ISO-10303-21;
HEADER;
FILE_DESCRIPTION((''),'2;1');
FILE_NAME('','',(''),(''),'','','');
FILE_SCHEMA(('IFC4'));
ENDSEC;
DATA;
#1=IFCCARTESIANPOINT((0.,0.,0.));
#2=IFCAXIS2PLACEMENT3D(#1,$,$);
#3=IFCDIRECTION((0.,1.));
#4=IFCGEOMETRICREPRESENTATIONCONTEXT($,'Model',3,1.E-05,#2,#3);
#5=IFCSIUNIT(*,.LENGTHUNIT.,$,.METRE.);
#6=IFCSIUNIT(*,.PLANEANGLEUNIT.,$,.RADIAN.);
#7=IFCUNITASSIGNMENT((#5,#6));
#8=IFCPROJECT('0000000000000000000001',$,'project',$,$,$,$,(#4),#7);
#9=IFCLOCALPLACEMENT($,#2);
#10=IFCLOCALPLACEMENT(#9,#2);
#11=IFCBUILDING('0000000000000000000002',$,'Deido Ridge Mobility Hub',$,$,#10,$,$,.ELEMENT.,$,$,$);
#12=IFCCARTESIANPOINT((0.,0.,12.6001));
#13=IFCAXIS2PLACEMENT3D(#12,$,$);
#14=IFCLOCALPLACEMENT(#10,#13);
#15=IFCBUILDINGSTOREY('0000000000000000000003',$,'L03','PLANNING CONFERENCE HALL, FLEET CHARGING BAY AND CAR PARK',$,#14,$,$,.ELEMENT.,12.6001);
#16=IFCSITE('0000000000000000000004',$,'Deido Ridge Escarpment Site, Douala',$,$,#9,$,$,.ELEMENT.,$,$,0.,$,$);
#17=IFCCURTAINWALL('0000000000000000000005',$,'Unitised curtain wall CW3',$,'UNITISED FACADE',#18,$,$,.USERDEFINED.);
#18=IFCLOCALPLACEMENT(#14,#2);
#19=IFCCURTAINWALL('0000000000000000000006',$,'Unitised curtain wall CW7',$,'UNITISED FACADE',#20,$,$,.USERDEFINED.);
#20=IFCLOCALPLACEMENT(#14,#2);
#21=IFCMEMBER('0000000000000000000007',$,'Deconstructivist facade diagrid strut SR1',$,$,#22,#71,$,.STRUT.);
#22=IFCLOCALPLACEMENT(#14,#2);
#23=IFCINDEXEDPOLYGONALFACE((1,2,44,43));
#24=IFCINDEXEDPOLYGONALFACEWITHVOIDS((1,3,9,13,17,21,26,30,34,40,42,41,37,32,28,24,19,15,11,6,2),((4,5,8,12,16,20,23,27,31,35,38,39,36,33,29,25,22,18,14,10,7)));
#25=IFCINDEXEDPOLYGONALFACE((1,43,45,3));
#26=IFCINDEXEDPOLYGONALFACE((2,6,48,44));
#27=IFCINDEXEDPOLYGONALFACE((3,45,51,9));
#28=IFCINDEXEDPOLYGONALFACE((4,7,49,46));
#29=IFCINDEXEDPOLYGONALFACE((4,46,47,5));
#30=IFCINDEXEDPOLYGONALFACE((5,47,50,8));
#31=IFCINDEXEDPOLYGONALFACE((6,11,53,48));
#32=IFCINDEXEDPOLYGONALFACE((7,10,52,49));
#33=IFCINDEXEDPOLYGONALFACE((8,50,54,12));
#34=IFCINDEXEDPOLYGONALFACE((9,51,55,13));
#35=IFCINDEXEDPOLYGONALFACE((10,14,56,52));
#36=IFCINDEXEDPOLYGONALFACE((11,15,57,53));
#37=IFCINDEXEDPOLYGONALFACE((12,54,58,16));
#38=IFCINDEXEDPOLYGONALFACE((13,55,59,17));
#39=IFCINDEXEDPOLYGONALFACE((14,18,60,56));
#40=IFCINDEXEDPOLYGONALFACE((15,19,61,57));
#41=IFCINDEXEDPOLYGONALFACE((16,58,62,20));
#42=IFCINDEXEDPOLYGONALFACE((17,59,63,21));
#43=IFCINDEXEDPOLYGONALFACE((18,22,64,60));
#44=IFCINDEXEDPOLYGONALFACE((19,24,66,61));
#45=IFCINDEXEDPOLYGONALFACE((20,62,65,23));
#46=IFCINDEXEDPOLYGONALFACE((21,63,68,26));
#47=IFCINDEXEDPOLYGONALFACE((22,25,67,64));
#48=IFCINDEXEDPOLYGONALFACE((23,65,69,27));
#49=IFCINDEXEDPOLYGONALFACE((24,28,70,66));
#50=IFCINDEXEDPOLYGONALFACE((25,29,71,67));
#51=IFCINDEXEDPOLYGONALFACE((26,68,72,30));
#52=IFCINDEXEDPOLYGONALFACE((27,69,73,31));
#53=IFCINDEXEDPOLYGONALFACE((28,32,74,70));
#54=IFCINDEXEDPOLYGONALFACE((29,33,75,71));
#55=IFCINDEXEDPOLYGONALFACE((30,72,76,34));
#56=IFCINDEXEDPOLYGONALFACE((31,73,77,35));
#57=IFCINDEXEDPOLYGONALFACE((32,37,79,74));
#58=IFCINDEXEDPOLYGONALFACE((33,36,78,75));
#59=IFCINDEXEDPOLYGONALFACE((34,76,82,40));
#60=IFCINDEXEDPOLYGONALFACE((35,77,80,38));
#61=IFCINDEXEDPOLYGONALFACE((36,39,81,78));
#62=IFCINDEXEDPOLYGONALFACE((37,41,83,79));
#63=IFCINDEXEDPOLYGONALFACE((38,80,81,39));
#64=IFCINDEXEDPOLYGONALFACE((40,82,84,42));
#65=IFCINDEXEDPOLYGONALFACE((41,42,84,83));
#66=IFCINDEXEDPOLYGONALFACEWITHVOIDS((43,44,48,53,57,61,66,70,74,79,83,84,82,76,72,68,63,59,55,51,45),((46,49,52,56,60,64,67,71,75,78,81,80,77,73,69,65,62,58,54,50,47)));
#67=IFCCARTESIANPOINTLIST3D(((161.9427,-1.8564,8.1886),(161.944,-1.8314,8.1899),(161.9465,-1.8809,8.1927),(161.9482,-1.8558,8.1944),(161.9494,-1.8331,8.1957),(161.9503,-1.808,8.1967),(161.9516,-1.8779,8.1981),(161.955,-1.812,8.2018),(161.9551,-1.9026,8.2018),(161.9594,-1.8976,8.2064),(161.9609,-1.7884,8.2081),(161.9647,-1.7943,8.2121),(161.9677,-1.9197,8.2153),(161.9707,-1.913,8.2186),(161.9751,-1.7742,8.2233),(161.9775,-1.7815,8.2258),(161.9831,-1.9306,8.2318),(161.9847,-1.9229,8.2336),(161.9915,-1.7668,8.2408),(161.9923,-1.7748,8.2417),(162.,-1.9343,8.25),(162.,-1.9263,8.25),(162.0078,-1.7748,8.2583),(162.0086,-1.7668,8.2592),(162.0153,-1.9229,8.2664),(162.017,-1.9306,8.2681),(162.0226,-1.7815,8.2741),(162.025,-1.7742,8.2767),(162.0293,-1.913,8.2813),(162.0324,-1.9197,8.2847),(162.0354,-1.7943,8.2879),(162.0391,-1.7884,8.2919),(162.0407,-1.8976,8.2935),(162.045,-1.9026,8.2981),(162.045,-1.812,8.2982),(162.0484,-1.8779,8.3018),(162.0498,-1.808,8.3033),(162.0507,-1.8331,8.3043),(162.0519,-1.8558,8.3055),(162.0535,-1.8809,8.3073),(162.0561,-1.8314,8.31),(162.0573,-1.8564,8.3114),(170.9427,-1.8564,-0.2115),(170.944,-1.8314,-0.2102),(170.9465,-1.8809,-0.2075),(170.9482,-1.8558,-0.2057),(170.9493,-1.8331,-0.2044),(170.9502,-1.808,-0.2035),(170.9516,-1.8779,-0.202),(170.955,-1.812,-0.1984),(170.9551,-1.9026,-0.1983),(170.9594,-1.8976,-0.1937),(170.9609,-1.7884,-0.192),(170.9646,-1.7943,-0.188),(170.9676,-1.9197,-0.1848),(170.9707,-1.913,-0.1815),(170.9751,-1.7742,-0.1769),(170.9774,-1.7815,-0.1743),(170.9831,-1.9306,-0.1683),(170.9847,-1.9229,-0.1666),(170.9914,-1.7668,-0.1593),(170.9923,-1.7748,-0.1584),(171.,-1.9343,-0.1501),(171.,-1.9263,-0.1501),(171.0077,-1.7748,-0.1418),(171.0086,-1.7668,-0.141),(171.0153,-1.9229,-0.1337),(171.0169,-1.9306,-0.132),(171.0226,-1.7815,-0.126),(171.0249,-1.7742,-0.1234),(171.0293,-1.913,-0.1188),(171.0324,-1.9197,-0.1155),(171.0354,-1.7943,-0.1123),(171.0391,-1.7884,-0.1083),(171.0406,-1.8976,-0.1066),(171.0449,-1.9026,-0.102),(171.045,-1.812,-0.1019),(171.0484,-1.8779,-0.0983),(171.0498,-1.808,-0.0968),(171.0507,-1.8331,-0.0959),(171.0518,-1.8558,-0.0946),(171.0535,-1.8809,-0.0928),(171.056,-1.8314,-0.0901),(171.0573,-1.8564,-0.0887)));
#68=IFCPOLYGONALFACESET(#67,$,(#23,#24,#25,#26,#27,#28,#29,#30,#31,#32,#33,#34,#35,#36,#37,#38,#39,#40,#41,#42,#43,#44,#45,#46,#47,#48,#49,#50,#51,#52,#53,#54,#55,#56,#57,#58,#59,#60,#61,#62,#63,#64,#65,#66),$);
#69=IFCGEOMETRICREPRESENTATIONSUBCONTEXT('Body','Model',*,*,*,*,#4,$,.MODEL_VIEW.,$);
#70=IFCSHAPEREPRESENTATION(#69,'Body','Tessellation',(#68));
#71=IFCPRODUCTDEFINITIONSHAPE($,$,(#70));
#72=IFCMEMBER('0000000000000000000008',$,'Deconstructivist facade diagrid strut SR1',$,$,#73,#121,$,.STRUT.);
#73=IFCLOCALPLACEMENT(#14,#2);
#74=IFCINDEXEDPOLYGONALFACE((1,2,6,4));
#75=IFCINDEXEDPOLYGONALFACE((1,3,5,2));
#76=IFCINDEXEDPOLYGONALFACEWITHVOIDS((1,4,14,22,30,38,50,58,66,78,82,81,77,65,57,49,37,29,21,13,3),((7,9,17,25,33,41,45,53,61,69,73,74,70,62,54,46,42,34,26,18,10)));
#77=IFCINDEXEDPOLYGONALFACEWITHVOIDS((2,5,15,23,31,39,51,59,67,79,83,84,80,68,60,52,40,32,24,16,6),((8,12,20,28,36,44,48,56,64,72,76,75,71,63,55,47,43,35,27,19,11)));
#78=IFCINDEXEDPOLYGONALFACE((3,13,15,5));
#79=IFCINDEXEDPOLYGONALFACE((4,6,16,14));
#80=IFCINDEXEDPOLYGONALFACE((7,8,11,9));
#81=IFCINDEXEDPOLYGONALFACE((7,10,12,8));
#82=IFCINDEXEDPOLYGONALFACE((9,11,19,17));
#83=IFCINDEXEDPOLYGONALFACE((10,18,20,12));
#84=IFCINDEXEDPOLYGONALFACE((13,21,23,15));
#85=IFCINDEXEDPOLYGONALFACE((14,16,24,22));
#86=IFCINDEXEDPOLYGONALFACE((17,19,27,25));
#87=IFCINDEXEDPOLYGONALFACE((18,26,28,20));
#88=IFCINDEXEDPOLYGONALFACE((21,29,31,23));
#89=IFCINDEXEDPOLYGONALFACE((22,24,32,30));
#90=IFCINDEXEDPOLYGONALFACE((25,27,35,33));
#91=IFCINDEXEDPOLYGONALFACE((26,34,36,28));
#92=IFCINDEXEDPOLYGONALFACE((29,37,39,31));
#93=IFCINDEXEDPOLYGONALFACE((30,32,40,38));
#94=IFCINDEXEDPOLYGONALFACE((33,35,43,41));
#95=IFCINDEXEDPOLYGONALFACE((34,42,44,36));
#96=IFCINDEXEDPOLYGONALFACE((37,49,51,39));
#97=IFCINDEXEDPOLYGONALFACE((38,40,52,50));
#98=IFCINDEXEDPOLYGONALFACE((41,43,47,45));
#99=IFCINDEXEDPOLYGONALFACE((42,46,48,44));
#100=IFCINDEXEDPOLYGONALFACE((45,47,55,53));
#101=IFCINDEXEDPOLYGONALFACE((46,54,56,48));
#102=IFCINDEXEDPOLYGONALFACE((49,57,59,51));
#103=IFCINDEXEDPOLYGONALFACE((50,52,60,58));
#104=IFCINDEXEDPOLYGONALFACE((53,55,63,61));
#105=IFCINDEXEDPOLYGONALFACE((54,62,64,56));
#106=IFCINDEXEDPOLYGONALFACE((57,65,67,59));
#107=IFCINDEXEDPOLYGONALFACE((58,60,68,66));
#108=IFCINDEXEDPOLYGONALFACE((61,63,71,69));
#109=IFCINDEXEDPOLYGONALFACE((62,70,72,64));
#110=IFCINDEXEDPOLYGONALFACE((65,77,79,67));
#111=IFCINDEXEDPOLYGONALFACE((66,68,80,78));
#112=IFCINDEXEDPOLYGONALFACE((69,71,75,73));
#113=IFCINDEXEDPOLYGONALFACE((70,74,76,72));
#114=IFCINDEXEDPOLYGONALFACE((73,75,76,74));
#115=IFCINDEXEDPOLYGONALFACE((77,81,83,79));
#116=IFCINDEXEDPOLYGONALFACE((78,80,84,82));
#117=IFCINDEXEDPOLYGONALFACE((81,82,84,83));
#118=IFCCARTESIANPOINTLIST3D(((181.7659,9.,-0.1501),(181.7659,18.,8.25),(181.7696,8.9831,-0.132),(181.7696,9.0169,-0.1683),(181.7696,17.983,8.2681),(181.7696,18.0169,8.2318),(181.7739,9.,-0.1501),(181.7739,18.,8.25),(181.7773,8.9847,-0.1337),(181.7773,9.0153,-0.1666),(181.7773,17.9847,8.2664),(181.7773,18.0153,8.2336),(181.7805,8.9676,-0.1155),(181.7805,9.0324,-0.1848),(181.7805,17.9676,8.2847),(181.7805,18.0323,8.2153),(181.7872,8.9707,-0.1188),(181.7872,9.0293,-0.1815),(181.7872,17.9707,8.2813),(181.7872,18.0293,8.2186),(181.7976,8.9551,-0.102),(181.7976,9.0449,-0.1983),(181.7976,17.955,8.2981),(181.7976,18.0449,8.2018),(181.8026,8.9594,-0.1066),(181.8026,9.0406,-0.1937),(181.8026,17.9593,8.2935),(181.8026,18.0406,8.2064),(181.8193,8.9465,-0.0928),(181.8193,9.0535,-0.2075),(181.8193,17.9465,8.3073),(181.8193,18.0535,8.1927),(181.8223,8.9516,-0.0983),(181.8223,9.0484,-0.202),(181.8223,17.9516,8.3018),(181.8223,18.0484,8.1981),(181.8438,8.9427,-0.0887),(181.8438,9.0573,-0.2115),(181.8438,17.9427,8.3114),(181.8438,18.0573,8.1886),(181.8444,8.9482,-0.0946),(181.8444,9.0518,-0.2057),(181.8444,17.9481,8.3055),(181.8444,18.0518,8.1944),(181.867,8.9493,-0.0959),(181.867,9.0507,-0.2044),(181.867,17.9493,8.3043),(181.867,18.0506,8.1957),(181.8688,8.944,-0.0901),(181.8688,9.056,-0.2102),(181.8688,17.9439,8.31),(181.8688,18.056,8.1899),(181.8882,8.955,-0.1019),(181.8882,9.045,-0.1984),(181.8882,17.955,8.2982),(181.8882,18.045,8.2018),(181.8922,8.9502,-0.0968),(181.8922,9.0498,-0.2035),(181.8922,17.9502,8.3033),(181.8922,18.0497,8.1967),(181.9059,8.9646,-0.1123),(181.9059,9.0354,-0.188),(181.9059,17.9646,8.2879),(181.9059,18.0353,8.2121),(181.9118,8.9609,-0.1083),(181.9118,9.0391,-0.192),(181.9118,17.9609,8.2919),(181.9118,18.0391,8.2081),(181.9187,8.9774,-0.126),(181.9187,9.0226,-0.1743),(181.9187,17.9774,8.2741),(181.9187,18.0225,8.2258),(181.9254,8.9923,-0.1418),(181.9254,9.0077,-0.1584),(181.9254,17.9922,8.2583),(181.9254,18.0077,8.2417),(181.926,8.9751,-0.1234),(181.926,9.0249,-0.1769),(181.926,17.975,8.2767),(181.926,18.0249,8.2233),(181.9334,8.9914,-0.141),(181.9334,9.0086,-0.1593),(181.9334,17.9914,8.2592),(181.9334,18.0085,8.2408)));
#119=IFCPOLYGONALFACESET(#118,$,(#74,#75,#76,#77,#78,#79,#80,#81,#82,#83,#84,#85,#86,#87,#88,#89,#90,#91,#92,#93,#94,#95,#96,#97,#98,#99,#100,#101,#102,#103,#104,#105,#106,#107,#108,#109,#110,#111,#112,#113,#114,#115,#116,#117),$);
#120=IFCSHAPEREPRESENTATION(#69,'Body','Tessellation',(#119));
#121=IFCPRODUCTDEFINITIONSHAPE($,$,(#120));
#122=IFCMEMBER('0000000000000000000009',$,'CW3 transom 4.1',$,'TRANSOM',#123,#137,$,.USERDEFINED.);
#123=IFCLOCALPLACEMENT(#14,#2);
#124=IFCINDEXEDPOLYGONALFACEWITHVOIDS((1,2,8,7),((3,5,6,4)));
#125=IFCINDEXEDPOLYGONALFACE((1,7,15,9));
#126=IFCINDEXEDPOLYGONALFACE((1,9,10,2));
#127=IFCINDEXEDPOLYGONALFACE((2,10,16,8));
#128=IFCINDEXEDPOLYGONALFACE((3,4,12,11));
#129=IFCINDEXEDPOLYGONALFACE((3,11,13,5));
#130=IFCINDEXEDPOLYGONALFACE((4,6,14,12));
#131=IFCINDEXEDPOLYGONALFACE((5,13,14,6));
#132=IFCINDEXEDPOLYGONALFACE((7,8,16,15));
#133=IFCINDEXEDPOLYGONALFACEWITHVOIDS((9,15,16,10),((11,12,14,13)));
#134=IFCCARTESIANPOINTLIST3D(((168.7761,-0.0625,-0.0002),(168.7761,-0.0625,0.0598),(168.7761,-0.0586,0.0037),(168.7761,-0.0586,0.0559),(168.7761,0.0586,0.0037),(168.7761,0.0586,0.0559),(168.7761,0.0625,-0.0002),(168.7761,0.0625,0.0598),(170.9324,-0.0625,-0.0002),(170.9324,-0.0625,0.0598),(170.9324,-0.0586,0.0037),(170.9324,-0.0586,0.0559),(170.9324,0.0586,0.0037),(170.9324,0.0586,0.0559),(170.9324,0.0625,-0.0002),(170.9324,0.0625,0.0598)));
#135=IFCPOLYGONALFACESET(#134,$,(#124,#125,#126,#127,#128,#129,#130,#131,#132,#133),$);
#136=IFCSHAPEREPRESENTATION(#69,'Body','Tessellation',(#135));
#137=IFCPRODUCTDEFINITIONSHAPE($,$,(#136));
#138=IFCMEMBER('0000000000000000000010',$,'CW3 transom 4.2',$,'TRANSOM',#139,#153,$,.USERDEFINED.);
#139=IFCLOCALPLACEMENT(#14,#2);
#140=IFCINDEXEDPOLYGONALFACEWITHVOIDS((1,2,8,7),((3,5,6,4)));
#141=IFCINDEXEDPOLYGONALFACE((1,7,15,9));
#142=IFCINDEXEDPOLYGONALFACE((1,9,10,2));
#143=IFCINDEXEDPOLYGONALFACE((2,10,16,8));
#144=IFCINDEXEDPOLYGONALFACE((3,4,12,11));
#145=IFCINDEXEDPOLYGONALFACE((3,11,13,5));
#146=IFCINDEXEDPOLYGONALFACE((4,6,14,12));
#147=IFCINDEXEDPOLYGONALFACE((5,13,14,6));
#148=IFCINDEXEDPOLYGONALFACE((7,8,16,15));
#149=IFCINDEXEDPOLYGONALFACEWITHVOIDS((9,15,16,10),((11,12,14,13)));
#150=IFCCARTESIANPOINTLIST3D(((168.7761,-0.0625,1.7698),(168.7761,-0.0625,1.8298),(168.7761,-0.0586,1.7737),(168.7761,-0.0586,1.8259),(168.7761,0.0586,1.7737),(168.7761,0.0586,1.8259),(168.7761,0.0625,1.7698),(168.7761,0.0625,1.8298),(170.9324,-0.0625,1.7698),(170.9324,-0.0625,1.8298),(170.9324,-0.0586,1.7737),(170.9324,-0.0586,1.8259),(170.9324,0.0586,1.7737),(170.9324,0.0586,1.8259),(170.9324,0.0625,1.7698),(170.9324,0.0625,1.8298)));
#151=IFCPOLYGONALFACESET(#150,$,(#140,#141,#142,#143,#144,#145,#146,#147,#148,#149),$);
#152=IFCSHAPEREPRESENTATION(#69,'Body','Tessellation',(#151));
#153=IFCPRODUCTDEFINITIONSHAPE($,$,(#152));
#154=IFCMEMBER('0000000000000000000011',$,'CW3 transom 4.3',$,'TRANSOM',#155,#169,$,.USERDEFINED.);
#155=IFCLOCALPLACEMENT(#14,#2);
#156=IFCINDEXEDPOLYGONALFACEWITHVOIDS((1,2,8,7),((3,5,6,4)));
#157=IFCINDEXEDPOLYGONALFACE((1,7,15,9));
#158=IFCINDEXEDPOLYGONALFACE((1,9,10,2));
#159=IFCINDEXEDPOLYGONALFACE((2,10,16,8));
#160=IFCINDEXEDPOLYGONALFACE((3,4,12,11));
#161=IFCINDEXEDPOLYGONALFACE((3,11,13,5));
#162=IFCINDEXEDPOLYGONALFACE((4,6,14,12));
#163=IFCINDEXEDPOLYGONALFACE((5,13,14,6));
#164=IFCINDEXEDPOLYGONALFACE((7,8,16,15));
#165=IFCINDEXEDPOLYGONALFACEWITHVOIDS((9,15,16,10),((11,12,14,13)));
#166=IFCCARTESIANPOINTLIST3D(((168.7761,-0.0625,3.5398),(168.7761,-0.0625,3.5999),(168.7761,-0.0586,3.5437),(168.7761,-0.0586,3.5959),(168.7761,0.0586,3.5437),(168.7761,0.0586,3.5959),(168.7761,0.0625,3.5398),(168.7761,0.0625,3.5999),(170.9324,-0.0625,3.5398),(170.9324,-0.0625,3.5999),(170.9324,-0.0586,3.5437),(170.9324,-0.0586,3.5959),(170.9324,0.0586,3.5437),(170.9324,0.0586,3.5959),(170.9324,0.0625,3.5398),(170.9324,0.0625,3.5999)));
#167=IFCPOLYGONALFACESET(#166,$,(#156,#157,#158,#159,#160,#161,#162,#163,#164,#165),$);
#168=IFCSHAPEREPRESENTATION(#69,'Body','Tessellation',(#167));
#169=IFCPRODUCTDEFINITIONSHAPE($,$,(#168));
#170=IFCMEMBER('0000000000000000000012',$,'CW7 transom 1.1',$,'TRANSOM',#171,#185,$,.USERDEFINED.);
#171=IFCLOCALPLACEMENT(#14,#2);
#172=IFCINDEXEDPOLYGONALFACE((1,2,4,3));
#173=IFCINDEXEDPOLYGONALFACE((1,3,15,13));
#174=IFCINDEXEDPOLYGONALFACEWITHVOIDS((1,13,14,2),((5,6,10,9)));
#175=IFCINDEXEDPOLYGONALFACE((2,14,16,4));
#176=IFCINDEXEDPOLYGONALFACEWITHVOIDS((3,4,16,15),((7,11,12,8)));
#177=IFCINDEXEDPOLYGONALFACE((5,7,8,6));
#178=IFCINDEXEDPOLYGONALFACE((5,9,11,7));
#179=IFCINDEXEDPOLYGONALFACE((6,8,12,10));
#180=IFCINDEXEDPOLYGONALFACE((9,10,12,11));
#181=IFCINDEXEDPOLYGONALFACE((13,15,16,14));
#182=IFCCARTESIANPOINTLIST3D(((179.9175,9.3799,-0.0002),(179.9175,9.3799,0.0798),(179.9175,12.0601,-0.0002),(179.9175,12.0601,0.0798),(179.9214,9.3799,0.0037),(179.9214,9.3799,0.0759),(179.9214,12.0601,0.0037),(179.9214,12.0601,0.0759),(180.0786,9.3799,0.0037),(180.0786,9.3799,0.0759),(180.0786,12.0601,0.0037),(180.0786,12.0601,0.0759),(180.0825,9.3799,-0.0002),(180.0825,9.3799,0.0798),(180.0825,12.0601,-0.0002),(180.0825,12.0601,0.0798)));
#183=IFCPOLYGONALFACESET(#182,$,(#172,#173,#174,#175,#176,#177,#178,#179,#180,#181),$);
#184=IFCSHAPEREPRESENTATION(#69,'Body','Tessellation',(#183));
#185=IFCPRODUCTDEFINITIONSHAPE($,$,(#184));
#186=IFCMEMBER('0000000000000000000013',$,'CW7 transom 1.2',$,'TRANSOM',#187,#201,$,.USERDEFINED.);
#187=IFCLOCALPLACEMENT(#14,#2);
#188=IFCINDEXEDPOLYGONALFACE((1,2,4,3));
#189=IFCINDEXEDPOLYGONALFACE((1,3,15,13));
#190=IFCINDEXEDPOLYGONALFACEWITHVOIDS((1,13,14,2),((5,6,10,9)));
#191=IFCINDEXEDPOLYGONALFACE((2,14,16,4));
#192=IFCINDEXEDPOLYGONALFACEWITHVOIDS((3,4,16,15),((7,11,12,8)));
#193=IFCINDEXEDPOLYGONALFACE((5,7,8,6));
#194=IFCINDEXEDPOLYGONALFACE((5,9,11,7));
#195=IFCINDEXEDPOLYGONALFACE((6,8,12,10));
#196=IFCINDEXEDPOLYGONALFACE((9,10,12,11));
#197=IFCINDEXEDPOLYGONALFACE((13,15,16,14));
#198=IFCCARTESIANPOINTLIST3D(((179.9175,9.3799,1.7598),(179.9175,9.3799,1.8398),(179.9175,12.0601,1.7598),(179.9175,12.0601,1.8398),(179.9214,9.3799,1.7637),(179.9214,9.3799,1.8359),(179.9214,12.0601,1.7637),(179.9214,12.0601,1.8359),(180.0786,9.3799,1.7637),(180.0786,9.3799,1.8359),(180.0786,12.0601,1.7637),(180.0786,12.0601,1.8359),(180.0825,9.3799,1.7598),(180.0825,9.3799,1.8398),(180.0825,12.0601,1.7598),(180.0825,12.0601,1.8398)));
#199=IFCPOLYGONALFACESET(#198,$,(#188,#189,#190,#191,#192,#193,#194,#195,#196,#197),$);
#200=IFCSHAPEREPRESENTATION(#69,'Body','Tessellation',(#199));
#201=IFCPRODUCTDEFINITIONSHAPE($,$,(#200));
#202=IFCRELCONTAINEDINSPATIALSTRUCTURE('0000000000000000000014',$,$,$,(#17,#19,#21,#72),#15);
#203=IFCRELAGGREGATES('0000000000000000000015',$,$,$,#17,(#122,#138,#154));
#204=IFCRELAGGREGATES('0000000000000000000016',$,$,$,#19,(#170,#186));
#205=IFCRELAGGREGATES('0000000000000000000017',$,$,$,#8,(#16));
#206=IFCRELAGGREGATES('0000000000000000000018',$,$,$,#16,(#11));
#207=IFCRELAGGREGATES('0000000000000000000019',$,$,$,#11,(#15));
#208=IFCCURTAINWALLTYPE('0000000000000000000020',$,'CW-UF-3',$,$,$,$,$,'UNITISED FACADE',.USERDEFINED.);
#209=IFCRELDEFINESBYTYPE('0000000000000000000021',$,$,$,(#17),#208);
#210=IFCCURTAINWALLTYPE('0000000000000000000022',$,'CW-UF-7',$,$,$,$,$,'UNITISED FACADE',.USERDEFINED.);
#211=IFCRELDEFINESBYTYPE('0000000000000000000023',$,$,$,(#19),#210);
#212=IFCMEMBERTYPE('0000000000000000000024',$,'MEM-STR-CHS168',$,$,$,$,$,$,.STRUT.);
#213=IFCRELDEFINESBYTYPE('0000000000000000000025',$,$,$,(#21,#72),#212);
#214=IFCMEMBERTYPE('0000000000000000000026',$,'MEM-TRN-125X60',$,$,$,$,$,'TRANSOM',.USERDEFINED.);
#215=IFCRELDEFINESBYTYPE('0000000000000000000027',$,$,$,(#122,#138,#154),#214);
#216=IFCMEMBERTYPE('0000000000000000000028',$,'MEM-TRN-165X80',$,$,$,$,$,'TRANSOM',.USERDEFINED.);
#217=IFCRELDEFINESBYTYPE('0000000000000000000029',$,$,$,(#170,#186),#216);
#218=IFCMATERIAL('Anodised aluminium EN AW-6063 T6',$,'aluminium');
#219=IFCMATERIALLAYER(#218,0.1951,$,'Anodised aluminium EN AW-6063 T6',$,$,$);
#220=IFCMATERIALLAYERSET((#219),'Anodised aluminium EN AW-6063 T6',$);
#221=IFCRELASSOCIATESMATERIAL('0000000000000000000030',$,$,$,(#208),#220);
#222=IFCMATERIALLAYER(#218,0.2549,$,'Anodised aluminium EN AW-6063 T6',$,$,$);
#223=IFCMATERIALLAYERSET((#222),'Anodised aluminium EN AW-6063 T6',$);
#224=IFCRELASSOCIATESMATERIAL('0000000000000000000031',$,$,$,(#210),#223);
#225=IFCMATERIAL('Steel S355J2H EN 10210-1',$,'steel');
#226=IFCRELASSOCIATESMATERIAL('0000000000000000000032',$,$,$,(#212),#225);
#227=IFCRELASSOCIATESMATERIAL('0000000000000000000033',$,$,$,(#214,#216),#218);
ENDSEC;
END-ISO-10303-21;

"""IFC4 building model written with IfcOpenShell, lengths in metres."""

from ifc_helpers import new_model, si_unit, direction, frame, origin, origin_2d, place, context, subcontext, project, spatial, hollow_rectangle, hollow_circle, extrude, material, layer, layer_set, material_profile, profile_set, type_object, element, aggregate, save


model = new_model("IFC4")

# Units and contexts
model_context = context("Model", 3, precision=1e-05, world=origin(), true_north=direction((0.0, 1.0)))
body_context = subcontext(model_context, "Body", "Model", "MODEL_VIEW")
ifc_project = project(units=[si_unit("LENGTHUNIT", "METRE"), si_unit("PLANEANGLEUNIT", "RADIAN")], contexts=[model_context])

# Site, building, storey
site_placement = place(None, origin())
site = spatial("IfcSite", under=ifc_project, at=site_placement, Name="Deido Ridge Escarpment Site, Douala", CompositionType="ELEMENT", RefElevation=0.0)
building_placement = place(site_placement, origin())
building = spatial("IfcBuilding", under=site, at=building_placement, Name="Deido Ridge Mobility Hub", CompositionType="ELEMENT")
storey_placement = place(building_placement, frame((0.0, 0.0, 12.6001)))
storey = spatial("IfcBuildingStorey", under=building, at=storey_placement, Name="L03", Description="PLANNING CONFERENCE HALL, FLEET CHARGING BAY AND CAR PARK", CompositionType="ELEMENT", Elevation=12.6001)

# Curtain walls
ifc_material_1 = material(Name="Anodised aluminium EN AW-6063 T6", Category="aluminium")
ifc_layer_1 = layer(ifc_material_1, 0.1951, Name="Anodised aluminium EN AW-6063 T6")
ifc_layer_set_1 = layer_set([ifc_layer_1], Name="Anodised aluminium EN AW-6063 T6")
curtain_wall_type_1 = type_object("IfcCurtainWallType", Name="CW-UF-3", ElementType="UNITISED FACADE", PredefinedType="USERDEFINED", material=ifc_layer_set_1)
curtain_wall_1_placement = place(storey_placement, origin())
curtain_wall_1 = element("IfcCurtainWall", 1, at=curtain_wall_1_placement, inside=storey, type_object=curtain_wall_type_1, Name="Unitised curtain wall CW3", ObjectType="UNITISED FACADE", PredefinedType="USERDEFINED")
ifc_layer_2 = layer(ifc_material_1, 0.2549, Name="Anodised aluminium EN AW-6063 T6")
ifc_layer_set_2 = layer_set([ifc_layer_2], Name="Anodised aluminium EN AW-6063 T6")
curtain_wall_type_2 = type_object("IfcCurtainWallType", Name="CW-UF-7", ElementType="UNITISED FACADE", PredefinedType="USERDEFINED", material=ifc_layer_set_2)
curtain_wall_2_placement = place(storey_placement, origin())
curtain_wall_2 = element("IfcCurtainWall", 2, at=curtain_wall_2_placement, inside=storey, type_object=curtain_wall_type_2, Name="Unitised curtain wall CW7", ObjectType="UNITISED FACADE", PredefinedType="USERDEFINED")

# Members
ifc_material_2 = material(Name="Steel S355J2H EN 10210-1", Category="steel")
ifc_material_profile_1 = material_profile(ifc_material_2, hollow_circle(Radius=0.0842, WallThickness=0.0081, at=origin_2d()), Name="CHS 168.3x8")
ifc_profile_set_1 = profile_set([ifc_material_profile_1], Name="Steel S355J2H EN 10210-1")
member_type_1 = type_object("IfcMemberType", Name="MEM-STR-CHS168", PredefinedType="STRUT", material=ifc_profile_set_1)
for number, where, z_axis, x_axis, name in (
    (3, (171.0, -1.8501, -0.1501), (-0.731049, 0.0, 0.682325), (0.0, -1.0, 0.0), "Deconstructivist facade diagrid strut SR1"),
    (4, (181.8501, 9.0, -0.1501), (0.0, 0.731049, 0.682325), (-1.0, 0.0, 0.0), "Deconstructivist facade diagrid strut SR1"),
):
    element("IfcMember", number, at=place(storey_placement, frame(where, z_axis=z_axis, x_axis=x_axis)), inside=storey, type_object=member_type_1, Name=name, PredefinedType="STRUT", context=body_context, shape_type="SweptSolid", body=[
        extrude(hollow_circle(Radius=0.0842, WallThickness=0.0081, at=origin_2d()), origin(), (0.0, 0.0, 1.0), 12.311),
    ])

# Members
ifc_material_profile_2 = material_profile(ifc_material_1, hollow_rectangle(XDim=0.125, YDim=0.0601, WallThickness=0.0039, at=origin_2d()), Name="RHS 125x60x4")
ifc_profile_set_2 = profile_set([ifc_material_profile_2], Name="Anodised aluminium EN AW-6063 T6")
member_type_2 = type_object("IfcMemberType", Name="MEM-TRN-125X60", ElementType="TRANSOM", PredefinedType="USERDEFINED", material=ifc_profile_set_2)
member_1_placement = place(storey_placement, frame((168.7761, 0.0, 0.0298), z_axis=(1.0, 0.0, 0.0), x_axis=(0.0, 1.0, 0.0)))
member_1 = element("IfcMember", 5, at=member_1_placement, type_object=member_type_2, Name="CW3 transom 4.1", ObjectType="TRANSOM", PredefinedType="USERDEFINED", context=body_context, shape_type="SweptSolid", body=[
    extrude(hollow_rectangle(XDim=0.125, YDim=0.0601, WallThickness=0.0039, at=origin_2d()), origin(), (0.0, 0.0, 1.0), 2.1562),
])
member_2_placement = place(storey_placement, frame((168.7761, 0.0, 1.7998), z_axis=(1.0, 0.0, 0.0), x_axis=(0.0, 1.0, 0.0)))
member_2 = element("IfcMember", 6, at=member_2_placement, type_object=member_type_2, Name="CW3 transom 4.2", ObjectType="TRANSOM", PredefinedType="USERDEFINED", context=body_context, shape_type="SweptSolid", body=[
    extrude(hollow_rectangle(XDim=0.125, YDim=0.0601, WallThickness=0.0039, at=origin_2d()), origin(), (0.0, 0.0, 1.0), 2.1562),
])
member_3_placement = place(storey_placement, frame((168.7761, 0.0, 3.5698), z_axis=(1.0, 0.0, 0.0), x_axis=(0.0, 1.0, 0.0)))
member_3 = element("IfcMember", 7, at=member_3_placement, type_object=member_type_2, Name="CW3 transom 4.3", ObjectType="TRANSOM", PredefinedType="USERDEFINED", context=body_context, shape_type="SweptSolid", body=[
    extrude(hollow_rectangle(XDim=0.125, YDim=0.0601, WallThickness=0.0039, at=origin_2d()), origin(), (0.0, 0.0, 1.0), 2.1562),
])
ifc_material_profile_3 = material_profile(ifc_material_1, hollow_rectangle(XDim=0.165, YDim=0.0801, WallThickness=0.0039, at=origin_2d()), Name="RHS 165x80x4")
ifc_profile_set_3 = profile_set([ifc_material_profile_3], Name="Anodised aluminium EN AW-6063 T6")
member_type_3 = type_object("IfcMemberType", Name="MEM-TRN-165X80", ElementType="TRANSOM", PredefinedType="USERDEFINED", material=ifc_profile_set_3)
member_4_placement = place(storey_placement, frame((180.0, 9.3799, 0.0398), z_axis=(0.0, 1.0, 0.0), x_axis=(-1.0, 0.0, 0.0)))
member_4 = element("IfcMember", 8, at=member_4_placement, type_object=member_type_3, Name="CW7 transom 1.1", ObjectType="TRANSOM", PredefinedType="USERDEFINED", context=body_context, shape_type="SweptSolid", body=[
    extrude(hollow_rectangle(XDim=0.165, YDim=0.0801, WallThickness=0.0039, at=origin_2d()), origin(), (0.0, 0.0, 1.0), 2.6802),
])
member_5_placement = place(storey_placement, frame((180.0, 9.3799, 1.7998), z_axis=(0.0, 1.0, 0.0), x_axis=(-1.0, 0.0, 0.0)))
member_5 = element("IfcMember", 9, at=member_5_placement, type_object=member_type_3, Name="CW7 transom 1.2", ObjectType="TRANSOM", PredefinedType="USERDEFINED", context=body_context, shape_type="SweptSolid", body=[
    extrude(hollow_rectangle(XDim=0.165, YDim=0.0801, WallThickness=0.0039, at=origin_2d()), origin(), (0.0, 0.0, 1.0), 2.6802),
])

aggregate(curtain_wall_1, [member_1, member_2, member_3])
aggregate(curtain_wall_2, [member_4, member_5])

save(model, "model.ifc")
